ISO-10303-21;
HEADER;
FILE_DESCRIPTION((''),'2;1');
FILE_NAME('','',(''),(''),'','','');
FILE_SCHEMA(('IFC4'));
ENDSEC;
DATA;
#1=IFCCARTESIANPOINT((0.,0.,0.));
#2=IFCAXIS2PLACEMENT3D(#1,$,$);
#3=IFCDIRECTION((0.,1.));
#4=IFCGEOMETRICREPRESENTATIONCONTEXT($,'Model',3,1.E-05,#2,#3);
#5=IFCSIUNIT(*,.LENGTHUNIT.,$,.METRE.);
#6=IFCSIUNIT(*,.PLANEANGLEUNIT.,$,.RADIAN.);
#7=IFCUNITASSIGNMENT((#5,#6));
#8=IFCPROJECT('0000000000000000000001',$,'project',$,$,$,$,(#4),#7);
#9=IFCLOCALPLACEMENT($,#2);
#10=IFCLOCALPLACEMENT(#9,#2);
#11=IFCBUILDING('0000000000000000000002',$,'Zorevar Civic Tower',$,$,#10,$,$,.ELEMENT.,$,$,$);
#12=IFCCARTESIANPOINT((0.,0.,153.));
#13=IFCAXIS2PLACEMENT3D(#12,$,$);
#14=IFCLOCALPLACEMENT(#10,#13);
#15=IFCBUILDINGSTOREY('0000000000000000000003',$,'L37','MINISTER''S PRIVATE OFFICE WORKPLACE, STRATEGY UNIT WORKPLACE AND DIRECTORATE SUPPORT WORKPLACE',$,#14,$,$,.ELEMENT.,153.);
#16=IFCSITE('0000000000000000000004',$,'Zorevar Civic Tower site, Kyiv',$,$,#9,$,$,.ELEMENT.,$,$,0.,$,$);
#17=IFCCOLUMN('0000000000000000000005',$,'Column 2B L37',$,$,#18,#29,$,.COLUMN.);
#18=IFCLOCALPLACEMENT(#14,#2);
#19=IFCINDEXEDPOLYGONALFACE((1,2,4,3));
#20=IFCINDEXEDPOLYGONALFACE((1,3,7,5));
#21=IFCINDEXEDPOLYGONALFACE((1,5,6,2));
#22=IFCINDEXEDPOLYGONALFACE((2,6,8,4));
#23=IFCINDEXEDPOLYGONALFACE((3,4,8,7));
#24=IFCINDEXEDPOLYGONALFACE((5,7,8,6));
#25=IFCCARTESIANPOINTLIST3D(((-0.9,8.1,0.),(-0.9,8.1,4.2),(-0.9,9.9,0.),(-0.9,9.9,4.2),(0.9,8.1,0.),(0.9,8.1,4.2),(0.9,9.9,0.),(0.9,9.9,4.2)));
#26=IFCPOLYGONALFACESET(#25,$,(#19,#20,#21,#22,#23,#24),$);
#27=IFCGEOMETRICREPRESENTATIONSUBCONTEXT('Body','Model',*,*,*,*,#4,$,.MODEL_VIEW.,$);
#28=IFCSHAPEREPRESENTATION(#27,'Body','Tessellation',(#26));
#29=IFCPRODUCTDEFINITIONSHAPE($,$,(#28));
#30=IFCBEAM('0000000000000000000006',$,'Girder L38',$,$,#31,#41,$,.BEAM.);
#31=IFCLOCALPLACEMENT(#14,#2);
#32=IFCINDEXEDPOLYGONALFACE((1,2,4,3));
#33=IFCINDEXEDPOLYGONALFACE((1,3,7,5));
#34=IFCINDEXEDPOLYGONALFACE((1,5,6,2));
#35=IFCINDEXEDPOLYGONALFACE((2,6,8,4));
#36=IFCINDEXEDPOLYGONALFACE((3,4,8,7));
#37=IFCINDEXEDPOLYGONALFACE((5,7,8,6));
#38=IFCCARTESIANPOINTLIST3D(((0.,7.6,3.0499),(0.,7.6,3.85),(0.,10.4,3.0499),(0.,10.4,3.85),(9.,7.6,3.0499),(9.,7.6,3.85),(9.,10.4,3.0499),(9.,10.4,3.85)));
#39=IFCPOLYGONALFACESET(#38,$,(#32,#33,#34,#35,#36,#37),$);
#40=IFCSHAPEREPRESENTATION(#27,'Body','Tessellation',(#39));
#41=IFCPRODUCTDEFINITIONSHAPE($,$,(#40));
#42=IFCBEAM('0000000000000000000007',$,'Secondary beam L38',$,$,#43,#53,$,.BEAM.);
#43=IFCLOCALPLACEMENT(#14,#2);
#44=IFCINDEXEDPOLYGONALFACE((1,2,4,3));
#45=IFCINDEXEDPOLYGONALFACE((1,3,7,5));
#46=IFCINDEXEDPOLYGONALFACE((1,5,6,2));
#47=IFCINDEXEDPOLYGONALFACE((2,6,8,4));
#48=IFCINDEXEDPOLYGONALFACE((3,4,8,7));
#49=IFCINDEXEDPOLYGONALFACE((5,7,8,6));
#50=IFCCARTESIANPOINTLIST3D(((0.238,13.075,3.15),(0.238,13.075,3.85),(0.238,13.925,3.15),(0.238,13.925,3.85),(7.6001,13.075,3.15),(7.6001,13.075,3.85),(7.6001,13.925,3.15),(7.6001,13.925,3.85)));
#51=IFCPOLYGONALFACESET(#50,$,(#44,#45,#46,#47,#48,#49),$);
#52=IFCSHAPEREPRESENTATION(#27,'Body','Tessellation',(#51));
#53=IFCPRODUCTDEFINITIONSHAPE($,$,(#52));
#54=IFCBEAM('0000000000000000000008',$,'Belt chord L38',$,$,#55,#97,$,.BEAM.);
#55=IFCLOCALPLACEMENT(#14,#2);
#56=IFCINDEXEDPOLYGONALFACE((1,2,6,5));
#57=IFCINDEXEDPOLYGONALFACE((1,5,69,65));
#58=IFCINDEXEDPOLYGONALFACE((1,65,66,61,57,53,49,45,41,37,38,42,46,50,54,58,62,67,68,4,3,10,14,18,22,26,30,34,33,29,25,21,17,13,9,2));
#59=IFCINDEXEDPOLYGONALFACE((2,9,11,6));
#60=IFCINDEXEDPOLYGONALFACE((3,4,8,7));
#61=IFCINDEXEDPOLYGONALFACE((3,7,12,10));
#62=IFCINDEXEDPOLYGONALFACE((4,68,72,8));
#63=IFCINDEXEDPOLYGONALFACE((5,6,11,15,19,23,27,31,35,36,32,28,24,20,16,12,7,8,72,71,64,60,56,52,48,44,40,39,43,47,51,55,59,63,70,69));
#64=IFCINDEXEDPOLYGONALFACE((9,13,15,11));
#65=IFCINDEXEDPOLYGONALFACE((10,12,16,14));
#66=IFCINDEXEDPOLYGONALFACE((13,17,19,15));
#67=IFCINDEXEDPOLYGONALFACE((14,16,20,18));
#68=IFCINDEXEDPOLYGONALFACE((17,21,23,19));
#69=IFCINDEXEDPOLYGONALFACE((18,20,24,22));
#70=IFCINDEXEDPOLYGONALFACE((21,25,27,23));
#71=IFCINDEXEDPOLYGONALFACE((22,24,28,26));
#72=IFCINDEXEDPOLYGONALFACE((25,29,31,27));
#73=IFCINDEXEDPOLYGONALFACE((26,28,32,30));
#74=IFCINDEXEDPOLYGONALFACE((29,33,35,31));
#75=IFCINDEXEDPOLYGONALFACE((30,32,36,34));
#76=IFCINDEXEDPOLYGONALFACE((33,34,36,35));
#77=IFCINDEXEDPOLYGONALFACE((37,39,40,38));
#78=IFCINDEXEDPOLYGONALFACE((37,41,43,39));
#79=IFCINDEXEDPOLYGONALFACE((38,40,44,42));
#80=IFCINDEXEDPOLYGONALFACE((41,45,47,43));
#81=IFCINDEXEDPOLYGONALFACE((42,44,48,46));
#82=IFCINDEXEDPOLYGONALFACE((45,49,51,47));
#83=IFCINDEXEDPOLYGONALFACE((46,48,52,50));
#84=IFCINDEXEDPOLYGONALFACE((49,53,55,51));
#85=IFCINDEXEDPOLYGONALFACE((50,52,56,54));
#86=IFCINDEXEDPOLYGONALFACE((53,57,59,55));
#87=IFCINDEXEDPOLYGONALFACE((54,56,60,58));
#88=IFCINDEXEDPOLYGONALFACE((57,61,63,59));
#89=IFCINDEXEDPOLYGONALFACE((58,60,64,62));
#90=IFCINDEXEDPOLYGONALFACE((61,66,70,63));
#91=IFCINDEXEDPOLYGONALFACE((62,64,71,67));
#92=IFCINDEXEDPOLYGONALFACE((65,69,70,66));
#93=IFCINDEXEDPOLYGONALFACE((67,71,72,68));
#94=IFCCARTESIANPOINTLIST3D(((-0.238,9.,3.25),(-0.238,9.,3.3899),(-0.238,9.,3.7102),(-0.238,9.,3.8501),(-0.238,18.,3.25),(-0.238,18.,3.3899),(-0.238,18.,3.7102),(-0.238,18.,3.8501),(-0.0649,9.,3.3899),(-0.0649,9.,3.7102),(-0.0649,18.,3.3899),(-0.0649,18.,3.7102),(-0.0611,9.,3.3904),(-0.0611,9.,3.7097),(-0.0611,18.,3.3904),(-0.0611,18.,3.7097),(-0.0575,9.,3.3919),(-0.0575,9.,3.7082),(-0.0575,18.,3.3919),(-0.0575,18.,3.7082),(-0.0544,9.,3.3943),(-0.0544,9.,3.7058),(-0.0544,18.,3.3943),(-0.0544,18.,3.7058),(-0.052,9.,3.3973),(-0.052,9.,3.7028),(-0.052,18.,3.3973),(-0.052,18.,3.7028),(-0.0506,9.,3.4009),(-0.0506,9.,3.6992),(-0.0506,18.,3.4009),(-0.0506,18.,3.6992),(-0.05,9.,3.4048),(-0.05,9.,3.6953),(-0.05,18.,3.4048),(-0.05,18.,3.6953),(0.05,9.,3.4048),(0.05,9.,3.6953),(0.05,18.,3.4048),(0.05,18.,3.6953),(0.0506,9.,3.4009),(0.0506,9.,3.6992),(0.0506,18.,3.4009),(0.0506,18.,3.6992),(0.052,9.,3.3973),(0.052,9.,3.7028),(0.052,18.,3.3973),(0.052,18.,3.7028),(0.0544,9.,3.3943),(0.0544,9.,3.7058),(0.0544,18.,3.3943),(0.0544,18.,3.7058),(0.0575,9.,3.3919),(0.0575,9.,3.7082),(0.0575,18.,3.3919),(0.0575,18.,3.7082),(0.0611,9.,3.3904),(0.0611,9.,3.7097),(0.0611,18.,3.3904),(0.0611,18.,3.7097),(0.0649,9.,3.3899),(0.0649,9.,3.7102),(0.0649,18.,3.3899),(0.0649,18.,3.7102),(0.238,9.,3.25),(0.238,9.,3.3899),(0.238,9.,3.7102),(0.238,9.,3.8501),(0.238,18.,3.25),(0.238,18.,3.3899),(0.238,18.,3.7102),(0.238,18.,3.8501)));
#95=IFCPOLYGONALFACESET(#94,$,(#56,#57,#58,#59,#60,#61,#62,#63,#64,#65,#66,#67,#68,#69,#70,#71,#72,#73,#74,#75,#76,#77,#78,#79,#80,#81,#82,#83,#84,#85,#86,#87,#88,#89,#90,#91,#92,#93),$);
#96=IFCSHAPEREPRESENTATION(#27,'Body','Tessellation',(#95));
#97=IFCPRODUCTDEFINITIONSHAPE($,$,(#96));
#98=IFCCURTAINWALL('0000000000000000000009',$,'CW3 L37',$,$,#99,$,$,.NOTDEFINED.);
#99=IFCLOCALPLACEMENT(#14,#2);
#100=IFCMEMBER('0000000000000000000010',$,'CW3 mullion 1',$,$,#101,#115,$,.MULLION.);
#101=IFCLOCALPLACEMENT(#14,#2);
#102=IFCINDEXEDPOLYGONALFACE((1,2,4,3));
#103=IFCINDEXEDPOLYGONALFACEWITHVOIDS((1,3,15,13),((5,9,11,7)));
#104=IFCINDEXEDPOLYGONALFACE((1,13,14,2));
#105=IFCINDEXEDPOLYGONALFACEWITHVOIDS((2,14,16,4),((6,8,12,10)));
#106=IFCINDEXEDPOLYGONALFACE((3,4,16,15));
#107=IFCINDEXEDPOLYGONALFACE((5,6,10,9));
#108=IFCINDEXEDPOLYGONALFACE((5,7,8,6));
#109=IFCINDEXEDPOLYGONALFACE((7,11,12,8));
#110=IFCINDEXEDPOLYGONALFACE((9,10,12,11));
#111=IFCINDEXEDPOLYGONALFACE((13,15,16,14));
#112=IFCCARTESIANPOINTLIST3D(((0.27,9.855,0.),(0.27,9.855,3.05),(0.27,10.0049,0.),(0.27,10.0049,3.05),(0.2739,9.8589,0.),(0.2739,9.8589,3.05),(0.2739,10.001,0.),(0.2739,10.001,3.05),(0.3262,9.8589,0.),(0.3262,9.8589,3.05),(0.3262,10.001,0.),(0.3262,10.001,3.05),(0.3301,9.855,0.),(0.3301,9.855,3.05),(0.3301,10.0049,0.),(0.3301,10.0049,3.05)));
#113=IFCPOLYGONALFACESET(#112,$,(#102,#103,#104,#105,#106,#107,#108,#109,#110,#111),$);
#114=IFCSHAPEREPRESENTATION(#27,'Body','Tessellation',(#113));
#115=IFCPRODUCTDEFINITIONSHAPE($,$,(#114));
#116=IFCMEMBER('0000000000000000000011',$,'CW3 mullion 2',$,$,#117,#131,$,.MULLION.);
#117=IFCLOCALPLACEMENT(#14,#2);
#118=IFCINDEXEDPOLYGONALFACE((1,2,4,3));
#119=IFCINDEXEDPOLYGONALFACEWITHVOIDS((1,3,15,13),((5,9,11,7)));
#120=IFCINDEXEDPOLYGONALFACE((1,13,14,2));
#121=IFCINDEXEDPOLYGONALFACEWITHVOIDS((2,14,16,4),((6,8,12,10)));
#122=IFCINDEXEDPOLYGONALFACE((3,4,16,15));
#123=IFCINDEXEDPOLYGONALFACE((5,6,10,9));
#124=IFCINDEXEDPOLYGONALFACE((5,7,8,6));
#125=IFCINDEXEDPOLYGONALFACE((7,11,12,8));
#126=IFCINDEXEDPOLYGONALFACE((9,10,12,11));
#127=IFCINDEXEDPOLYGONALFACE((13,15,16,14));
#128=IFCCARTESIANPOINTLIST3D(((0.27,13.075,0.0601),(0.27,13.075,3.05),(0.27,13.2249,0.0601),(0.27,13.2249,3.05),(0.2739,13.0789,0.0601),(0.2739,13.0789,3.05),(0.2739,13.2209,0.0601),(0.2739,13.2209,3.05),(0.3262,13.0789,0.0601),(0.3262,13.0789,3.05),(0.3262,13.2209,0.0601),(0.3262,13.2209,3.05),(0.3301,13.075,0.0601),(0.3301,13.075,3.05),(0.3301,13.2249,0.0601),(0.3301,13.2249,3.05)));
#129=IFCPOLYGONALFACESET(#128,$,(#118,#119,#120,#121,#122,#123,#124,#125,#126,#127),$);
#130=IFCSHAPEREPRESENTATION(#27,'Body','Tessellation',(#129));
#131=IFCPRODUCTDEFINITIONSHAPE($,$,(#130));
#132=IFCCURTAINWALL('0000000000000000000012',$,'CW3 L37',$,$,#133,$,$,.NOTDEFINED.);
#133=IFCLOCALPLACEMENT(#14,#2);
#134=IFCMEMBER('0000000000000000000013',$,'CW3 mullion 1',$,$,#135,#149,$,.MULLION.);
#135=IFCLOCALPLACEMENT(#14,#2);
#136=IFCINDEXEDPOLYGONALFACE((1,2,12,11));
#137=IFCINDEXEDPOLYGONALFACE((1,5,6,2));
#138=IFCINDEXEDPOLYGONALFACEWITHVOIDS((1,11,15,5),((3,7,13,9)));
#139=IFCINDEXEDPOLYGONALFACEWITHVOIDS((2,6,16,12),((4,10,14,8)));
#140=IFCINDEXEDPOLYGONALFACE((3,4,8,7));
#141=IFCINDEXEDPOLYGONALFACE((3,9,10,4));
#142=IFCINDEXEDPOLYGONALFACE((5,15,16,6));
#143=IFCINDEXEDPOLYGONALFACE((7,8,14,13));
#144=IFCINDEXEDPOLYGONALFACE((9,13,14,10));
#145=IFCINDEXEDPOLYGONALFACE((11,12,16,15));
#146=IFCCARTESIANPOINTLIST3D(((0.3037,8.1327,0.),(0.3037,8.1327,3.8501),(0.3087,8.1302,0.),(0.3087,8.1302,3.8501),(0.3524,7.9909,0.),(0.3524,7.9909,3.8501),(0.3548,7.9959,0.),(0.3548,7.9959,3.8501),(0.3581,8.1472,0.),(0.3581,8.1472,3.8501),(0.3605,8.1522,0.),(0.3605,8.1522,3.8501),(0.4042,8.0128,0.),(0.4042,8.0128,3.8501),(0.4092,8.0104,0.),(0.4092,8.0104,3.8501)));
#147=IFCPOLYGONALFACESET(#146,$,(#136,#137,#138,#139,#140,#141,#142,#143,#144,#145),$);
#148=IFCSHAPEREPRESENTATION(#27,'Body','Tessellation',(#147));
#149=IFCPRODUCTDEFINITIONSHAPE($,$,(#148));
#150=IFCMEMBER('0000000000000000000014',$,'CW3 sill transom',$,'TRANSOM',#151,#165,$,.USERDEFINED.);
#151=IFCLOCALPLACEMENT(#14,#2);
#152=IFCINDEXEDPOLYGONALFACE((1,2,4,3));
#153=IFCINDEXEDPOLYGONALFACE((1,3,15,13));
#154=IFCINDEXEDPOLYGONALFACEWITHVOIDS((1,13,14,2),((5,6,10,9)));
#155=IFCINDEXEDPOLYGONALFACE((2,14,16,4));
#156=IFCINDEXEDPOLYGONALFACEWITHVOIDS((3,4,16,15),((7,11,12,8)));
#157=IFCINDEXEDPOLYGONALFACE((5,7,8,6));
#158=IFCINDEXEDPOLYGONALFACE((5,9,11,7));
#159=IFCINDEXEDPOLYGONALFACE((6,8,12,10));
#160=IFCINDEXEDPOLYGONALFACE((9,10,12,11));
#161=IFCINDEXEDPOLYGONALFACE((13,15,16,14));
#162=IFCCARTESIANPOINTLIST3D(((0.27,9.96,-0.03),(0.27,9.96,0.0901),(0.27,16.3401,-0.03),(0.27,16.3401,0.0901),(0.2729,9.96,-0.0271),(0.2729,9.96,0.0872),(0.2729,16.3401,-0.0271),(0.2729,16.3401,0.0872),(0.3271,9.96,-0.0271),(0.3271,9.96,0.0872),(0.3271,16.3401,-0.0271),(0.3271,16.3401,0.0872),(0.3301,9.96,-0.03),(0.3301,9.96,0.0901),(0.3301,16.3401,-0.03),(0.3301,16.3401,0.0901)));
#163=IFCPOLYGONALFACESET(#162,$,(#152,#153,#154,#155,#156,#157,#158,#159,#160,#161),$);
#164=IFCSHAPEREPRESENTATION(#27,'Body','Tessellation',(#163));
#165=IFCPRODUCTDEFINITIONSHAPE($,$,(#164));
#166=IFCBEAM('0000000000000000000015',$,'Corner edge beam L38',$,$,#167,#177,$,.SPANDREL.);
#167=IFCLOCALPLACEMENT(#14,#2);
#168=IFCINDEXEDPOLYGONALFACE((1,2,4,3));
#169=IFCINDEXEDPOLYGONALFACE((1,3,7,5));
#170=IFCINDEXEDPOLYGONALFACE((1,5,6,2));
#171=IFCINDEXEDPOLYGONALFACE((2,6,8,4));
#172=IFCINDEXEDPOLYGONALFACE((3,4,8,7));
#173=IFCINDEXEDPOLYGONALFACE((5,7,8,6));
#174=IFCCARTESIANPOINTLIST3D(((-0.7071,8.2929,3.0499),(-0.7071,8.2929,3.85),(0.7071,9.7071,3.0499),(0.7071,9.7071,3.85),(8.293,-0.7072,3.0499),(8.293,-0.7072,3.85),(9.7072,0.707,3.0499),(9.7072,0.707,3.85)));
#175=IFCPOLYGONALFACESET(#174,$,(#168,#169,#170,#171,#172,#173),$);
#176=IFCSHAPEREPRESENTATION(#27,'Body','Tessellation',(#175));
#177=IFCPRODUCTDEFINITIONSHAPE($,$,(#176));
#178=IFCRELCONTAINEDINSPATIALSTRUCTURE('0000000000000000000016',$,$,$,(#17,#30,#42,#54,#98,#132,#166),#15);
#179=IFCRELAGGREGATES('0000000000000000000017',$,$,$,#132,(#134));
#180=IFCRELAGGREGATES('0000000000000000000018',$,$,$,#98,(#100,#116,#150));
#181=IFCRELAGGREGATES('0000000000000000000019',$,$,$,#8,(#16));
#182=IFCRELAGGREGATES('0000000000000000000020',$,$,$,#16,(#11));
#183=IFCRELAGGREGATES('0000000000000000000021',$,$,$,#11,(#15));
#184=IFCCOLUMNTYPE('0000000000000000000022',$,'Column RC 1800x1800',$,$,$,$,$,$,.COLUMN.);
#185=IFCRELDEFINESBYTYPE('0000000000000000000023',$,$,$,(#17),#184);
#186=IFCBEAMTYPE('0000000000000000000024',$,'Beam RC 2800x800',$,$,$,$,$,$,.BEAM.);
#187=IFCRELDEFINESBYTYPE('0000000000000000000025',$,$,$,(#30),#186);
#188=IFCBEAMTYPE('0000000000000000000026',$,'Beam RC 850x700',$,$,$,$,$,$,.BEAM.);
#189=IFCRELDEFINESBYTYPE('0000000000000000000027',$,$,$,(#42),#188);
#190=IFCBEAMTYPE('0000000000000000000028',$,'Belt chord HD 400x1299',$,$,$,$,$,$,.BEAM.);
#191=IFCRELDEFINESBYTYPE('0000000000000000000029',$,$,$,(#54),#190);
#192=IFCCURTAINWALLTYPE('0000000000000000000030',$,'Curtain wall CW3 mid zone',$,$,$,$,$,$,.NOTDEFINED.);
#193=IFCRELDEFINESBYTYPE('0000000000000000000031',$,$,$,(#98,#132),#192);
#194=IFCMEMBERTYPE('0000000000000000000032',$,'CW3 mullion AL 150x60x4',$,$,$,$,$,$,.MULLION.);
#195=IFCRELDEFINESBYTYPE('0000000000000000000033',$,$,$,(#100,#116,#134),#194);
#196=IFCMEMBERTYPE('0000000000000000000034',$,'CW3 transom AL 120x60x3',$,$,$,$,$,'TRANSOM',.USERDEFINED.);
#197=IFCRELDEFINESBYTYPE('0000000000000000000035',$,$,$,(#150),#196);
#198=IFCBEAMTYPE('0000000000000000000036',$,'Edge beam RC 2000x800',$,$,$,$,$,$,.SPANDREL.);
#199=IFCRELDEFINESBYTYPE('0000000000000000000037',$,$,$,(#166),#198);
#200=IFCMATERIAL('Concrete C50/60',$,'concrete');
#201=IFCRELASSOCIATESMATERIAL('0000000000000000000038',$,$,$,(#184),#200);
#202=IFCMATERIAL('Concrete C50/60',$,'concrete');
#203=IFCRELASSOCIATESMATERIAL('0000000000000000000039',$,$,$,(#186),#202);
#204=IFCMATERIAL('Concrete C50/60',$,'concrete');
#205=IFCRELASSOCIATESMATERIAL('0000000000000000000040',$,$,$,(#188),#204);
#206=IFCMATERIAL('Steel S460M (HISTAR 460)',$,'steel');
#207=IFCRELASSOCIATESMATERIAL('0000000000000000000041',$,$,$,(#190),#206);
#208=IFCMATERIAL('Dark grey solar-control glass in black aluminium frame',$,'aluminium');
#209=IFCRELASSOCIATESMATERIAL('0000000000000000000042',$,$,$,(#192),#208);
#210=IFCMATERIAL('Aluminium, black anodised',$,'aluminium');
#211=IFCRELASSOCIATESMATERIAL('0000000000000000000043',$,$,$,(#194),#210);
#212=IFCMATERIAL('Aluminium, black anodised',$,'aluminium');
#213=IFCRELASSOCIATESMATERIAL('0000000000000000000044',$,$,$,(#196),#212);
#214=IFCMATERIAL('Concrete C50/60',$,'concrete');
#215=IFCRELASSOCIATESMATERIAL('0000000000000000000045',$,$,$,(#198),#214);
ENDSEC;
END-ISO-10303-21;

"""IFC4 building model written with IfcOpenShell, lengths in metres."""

from ifc_helpers import new_model, si_unit, direction, frame, origin, origin_2d, place, context, subcontext, project, spatial, rectangle, hollow_rectangle, i_section, extrude, material, material_profile, profile_set, type_object, element, aggregate, save


model = new_model("IFC4")

# Units and contexts
model_context = context("Model", 3, precision=1e-05, world=origin(), true_north=direction((0.0, 1.0)))
body_context = subcontext(model_context, "Body", "Model", "MODEL_VIEW")
ifc_project = project(units=[si_unit("LENGTHUNIT", "METRE"), si_unit("PLANEANGLEUNIT", "RADIAN")], contexts=[model_context])

# Site, building, storey
site_placement = place(None, origin())
site = spatial("IfcSite", under=ifc_project, at=site_placement, Name="Zorevar Civic Tower site, Kyiv", CompositionType="ELEMENT", RefElevation=0.0)
building_placement = place(site_placement, origin())
building = spatial("IfcBuilding", under=site, at=building_placement, Name="Zorevar Civic Tower", CompositionType="ELEMENT")
storey_placement = place(building_placement, frame((0.0, 0.0, 153.0)))
storey = spatial("IfcBuildingStorey", under=building, at=storey_placement, Name="L37", Description="MINISTER'S PRIVATE OFFICE WORKPLACE, STRATEGY UNIT WORKPLACE AND DIRECTORATE SUPPORT WORKPLACE", CompositionType="ELEMENT", Elevation=153.0)

# Column
ifc_material_1 = material(Name="Concrete C50/60", Category="concrete")
ifc_material_profile_1 = material_profile(ifc_material_1, rectangle(XDim=1.8, YDim=1.8, at=origin_2d()), Name="RC 1800x1800")
ifc_profile_set_1 = profile_set([ifc_material_profile_1], Name="Concrete C50/60")
column_type = type_object("IfcColumnType", Name="Column RC 1800x1800", PredefinedType="COLUMN", material=ifc_profile_set_1)
column_placement = place(storey_placement, frame((0.0, 9.0, 0.0), z_axis=(0.0, 0.0, 1.0), x_axis=(1.0, 0.0, 0.0)))
element("IfcColumn", 1, at=column_placement, inside=storey, type_object=column_type, Name="Column 2B L37", PredefinedType="COLUMN", context=body_context, shape_type="SweptSolid", body=[
    extrude(rectangle(XDim=1.8, YDim=1.8, at=origin_2d()), origin(), (0.0, 0.0, 1.0), 4.2),
])

# Beams
ifc_material_2 = material(Name="Concrete C50/60", Category="concrete")
ifc_material_profile_2 = material_profile(ifc_material_2, rectangle(XDim=2.8, YDim=0.8, at=origin_2d()), Name="RC 2800x800")
ifc_profile_set_2 = profile_set([ifc_material_profile_2], Name="Concrete C50/60")
beam_type_1 = type_object("IfcBeamType", Name="Beam RC 2800x800", PredefinedType="BEAM", material=ifc_profile_set_2)
beam_1_placement = place(storey_placement, frame((0.0, 9.0, 3.45), z_axis=(1.0, 0.0, 0.0), x_axis=(0.0, 1.0, 0.0)))
element("IfcBeam", 2, at=beam_1_placement, inside=storey, type_object=beam_type_1, Name="Girder L38", PredefinedType="BEAM", context=body_context, shape_type="SweptSolid", body=[
    extrude(rectangle(XDim=2.8, YDim=0.8, at=origin_2d()), origin(), (0.0, 0.0, 1.0), 9.0),
])
ifc_material_3 = material(Name="Concrete C50/60", Category="concrete")
ifc_material_profile_3 = material_profile(ifc_material_3, rectangle(XDim=0.8501, YDim=0.7, at=origin_2d()), Name="RC 850x700")
ifc_profile_set_3 = profile_set([ifc_material_profile_3], Name="Concrete C50/60")
beam_type_2 = type_object("IfcBeamType", Name="Beam RC 850x700", PredefinedType="BEAM", material=ifc_profile_set_3)
beam_2_placement = place(storey_placement, frame((0.238, 13.5, 3.5), z_axis=(1.0, 0.0, 0.0), x_axis=(0.0, 1.0, 0.0)))
element("IfcBeam", 3, at=beam_2_placement, inside=storey, type_object=beam_type_2, Name="Secondary beam L38", PredefinedType="BEAM", context=body_context, shape_type="SweptSolid", body=[
    extrude(rectangle(XDim=0.8501, YDim=0.7, at=origin_2d()), origin(), (0.0, 0.0, 1.0), 7.3621),
])
ifc_material_4 = material(Name="Steel S460M (HISTAR 460)", Category="steel")
ifc_material_profile_4 = material_profile(ifc_material_4, i_section(OverallWidth=0.4761, OverallDepth=0.6001, WebThickness=0.1001, FlangeThickness=0.1399, FilletRadius=0.0149, at=origin_2d()), Name="HD 400x1299")
ifc_profile_set_4 = profile_set([ifc_material_profile_4], Name="Steel S460M (HISTAR 460)")
beam_type_3 = type_object("IfcBeamType", Name="Belt chord HD 400x1299", PredefinedType="BEAM", material=ifc_profile_set_4)
beam_3_placement = place(storey_placement, frame((0.0, 9.0, 3.55), z_axis=(0.0, 1.0, 0.0), x_axis=(-1.0, 0.0, 0.0)))
element("IfcBeam", 4, at=beam_3_placement, inside=storey, type_object=beam_type_3, Name="Belt chord L38", PredefinedType="BEAM", context=body_context, shape_type="SweptSolid", body=[
    extrude(i_section(OverallWidth=0.4761, OverallDepth=0.6001, WebThickness=0.1001, FlangeThickness=0.1399, FilletRadius=0.0149, at=origin_2d()), origin(), (0.0, 0.0, 1.0), 9.0),
])

# Curtain wall, members
ifc_material_5 = material(Name="Dark grey solar-control glass in black aluminium frame", Category="aluminium")
curtain_wall_type = type_object("IfcCurtainWallType", Name="Curtain wall CW3 mid zone", PredefinedType="NOTDEFINED", material=ifc_material_5)
curtain_wall_1_placement = place(storey_placement, origin())
curtain_wall_1 = element("IfcCurtainWall", 5, at=curtain_wall_1_placement, inside=storey, type_object=curtain_wall_type, Name="CW3 L37", PredefinedType="NOTDEFINED")
ifc_material_6 = material(Name="Aluminium, black anodised", Category="aluminium")
ifc_material_profile_5 = material_profile(ifc_material_6, hollow_rectangle(XDim=0.0601, YDim=0.1499, WallThickness=0.0039, at=origin_2d()), Name="AL 150x60x4")
ifc_profile_set_5 = profile_set([ifc_material_profile_5], Name="Aluminium, black anodised")
member_type_1 = type_object("IfcMemberType", Name="CW3 mullion AL 150x60x4", PredefinedType="MULLION", material=ifc_profile_set_5)
member_1_placement = place(storey_placement, frame((0.3, 9.9299, 0.0), z_axis=(0.0, 0.0, 1.0), x_axis=(-1.0, 0.0, 0.0)))
member_1 = element("IfcMember", 6, at=member_1_placement, type_object=member_type_1, Name="CW3 mullion 1", PredefinedType="MULLION", context=body_context, shape_type="SweptSolid", body=[
    extrude(hollow_rectangle(XDim=0.0601, YDim=0.1499, WallThickness=0.0039, at=origin_2d()), origin(), (0.0, 0.0, 1.0), 3.05),
])
member_2_placement = place(storey_placement, frame((0.3, 13.1499, 0.0601), z_axis=(0.0, 0.0, 1.0), x_axis=(-1.0, 0.0, 0.0)))
member_2 = element("IfcMember", 7, at=member_2_placement, type_object=member_type_1, Name="CW3 mullion 2", PredefinedType="MULLION", context=body_context, shape_type="SweptSolid", body=[
    extrude(hollow_rectangle(XDim=0.0601, YDim=0.1499, WallThickness=0.0039, at=origin_2d()), origin(), (0.0, 0.0, 1.0), 2.99),
])

# Curtain wall, member
curtain_wall_2_placement = place(storey_placement, origin())
curtain_wall_2 = element("IfcCurtainWall", 8, at=curtain_wall_2_placement, inside=storey, type_object=curtain_wall_type, Name="CW3 L37", PredefinedType="NOTDEFINED")
member_3_placement = place(storey_placement, frame((0.3564, 8.0715, 0.0), z_axis=(0.0, 0.0, 1.0), x_axis=(0.945756, 0.324878, 0.0)))
member_3 = element("IfcMember", 9, at=member_3_placement, type_object=member_type_1, Name="CW3 mullion 1", PredefinedType="MULLION", context=body_context, shape_type="SweptSolid", body=[
    extrude(hollow_rectangle(XDim=0.0601, YDim=0.1499, WallThickness=0.0039, at=origin_2d()), origin(), (0.0, 0.0, 1.0), 3.8501),
])
aggregate(curtain_wall_2, [member_3])

# Member
ifc_material_7 = material(Name="Aluminium, black anodised", Category="aluminium")
ifc_material_profile_6 = material_profile(ifc_material_7, hollow_rectangle(XDim=0.0601, YDim=0.1201, WallThickness=0.0029, at=origin_2d()), Name="AL 120x60x3")
ifc_profile_set_6 = profile_set([ifc_material_profile_6], Name="Aluminium, black anodised")
member_type_2 = type_object("IfcMemberType", Name="CW3 transom AL 120x60x3", ElementType="TRANSOM", PredefinedType="USERDEFINED", material=ifc_profile_set_6)
member_4_placement = place(storey_placement, frame((0.3, 9.96, 0.03), z_axis=(0.0, 1.0, 0.0), x_axis=(-1.0, 0.0, 0.0)))
member_4 = element("IfcMember", 10, at=member_4_placement, type_object=member_type_2, Name="CW3 sill transom", ObjectType="TRANSOM", PredefinedType="USERDEFINED", context=body_context, shape_type="SweptSolid", body=[
    extrude(hollow_rectangle(XDim=0.0601, YDim=0.1201, WallThickness=0.0029, at=origin_2d()), origin(), (0.0, 0.0, 1.0), 6.3801),
])

# Beam
ifc_material_8 = material(Name="Concrete C50/60", Category="concrete")
ifc_material_profile_7 = material_profile(ifc_material_8, rectangle(XDim=2.0, YDim=0.8, at=origin_2d()), Name="RC 2000x800")
ifc_profile_set_7 = profile_set([ifc_material_profile_7], Name="Concrete C50/60")
beam_type_4 = type_object("IfcBeamType", Name="Edge beam RC 2000x800", PredefinedType="SPANDREL", material=ifc_profile_set_7)
beam_4_placement = place(storey_placement, frame((0.0, 9.0, 3.45), z_axis=(0.707107, -0.707107, 0.0), x_axis=(0.707107, 0.707107, 0.0)))
element("IfcBeam", 11, at=beam_4_placement, inside=storey, type_object=beam_type_4, Name="Corner edge beam L38", PredefinedType="SPANDREL", context=body_context, shape_type="SweptSolid", body=[
    extrude(rectangle(XDim=2.0, YDim=0.8, at=origin_2d()), origin(), (0.0, 0.0, 1.0), 12.728),
])

aggregate(curtain_wall_1, [member_1, member_2, member_4])

save(model, "model.ifc")
